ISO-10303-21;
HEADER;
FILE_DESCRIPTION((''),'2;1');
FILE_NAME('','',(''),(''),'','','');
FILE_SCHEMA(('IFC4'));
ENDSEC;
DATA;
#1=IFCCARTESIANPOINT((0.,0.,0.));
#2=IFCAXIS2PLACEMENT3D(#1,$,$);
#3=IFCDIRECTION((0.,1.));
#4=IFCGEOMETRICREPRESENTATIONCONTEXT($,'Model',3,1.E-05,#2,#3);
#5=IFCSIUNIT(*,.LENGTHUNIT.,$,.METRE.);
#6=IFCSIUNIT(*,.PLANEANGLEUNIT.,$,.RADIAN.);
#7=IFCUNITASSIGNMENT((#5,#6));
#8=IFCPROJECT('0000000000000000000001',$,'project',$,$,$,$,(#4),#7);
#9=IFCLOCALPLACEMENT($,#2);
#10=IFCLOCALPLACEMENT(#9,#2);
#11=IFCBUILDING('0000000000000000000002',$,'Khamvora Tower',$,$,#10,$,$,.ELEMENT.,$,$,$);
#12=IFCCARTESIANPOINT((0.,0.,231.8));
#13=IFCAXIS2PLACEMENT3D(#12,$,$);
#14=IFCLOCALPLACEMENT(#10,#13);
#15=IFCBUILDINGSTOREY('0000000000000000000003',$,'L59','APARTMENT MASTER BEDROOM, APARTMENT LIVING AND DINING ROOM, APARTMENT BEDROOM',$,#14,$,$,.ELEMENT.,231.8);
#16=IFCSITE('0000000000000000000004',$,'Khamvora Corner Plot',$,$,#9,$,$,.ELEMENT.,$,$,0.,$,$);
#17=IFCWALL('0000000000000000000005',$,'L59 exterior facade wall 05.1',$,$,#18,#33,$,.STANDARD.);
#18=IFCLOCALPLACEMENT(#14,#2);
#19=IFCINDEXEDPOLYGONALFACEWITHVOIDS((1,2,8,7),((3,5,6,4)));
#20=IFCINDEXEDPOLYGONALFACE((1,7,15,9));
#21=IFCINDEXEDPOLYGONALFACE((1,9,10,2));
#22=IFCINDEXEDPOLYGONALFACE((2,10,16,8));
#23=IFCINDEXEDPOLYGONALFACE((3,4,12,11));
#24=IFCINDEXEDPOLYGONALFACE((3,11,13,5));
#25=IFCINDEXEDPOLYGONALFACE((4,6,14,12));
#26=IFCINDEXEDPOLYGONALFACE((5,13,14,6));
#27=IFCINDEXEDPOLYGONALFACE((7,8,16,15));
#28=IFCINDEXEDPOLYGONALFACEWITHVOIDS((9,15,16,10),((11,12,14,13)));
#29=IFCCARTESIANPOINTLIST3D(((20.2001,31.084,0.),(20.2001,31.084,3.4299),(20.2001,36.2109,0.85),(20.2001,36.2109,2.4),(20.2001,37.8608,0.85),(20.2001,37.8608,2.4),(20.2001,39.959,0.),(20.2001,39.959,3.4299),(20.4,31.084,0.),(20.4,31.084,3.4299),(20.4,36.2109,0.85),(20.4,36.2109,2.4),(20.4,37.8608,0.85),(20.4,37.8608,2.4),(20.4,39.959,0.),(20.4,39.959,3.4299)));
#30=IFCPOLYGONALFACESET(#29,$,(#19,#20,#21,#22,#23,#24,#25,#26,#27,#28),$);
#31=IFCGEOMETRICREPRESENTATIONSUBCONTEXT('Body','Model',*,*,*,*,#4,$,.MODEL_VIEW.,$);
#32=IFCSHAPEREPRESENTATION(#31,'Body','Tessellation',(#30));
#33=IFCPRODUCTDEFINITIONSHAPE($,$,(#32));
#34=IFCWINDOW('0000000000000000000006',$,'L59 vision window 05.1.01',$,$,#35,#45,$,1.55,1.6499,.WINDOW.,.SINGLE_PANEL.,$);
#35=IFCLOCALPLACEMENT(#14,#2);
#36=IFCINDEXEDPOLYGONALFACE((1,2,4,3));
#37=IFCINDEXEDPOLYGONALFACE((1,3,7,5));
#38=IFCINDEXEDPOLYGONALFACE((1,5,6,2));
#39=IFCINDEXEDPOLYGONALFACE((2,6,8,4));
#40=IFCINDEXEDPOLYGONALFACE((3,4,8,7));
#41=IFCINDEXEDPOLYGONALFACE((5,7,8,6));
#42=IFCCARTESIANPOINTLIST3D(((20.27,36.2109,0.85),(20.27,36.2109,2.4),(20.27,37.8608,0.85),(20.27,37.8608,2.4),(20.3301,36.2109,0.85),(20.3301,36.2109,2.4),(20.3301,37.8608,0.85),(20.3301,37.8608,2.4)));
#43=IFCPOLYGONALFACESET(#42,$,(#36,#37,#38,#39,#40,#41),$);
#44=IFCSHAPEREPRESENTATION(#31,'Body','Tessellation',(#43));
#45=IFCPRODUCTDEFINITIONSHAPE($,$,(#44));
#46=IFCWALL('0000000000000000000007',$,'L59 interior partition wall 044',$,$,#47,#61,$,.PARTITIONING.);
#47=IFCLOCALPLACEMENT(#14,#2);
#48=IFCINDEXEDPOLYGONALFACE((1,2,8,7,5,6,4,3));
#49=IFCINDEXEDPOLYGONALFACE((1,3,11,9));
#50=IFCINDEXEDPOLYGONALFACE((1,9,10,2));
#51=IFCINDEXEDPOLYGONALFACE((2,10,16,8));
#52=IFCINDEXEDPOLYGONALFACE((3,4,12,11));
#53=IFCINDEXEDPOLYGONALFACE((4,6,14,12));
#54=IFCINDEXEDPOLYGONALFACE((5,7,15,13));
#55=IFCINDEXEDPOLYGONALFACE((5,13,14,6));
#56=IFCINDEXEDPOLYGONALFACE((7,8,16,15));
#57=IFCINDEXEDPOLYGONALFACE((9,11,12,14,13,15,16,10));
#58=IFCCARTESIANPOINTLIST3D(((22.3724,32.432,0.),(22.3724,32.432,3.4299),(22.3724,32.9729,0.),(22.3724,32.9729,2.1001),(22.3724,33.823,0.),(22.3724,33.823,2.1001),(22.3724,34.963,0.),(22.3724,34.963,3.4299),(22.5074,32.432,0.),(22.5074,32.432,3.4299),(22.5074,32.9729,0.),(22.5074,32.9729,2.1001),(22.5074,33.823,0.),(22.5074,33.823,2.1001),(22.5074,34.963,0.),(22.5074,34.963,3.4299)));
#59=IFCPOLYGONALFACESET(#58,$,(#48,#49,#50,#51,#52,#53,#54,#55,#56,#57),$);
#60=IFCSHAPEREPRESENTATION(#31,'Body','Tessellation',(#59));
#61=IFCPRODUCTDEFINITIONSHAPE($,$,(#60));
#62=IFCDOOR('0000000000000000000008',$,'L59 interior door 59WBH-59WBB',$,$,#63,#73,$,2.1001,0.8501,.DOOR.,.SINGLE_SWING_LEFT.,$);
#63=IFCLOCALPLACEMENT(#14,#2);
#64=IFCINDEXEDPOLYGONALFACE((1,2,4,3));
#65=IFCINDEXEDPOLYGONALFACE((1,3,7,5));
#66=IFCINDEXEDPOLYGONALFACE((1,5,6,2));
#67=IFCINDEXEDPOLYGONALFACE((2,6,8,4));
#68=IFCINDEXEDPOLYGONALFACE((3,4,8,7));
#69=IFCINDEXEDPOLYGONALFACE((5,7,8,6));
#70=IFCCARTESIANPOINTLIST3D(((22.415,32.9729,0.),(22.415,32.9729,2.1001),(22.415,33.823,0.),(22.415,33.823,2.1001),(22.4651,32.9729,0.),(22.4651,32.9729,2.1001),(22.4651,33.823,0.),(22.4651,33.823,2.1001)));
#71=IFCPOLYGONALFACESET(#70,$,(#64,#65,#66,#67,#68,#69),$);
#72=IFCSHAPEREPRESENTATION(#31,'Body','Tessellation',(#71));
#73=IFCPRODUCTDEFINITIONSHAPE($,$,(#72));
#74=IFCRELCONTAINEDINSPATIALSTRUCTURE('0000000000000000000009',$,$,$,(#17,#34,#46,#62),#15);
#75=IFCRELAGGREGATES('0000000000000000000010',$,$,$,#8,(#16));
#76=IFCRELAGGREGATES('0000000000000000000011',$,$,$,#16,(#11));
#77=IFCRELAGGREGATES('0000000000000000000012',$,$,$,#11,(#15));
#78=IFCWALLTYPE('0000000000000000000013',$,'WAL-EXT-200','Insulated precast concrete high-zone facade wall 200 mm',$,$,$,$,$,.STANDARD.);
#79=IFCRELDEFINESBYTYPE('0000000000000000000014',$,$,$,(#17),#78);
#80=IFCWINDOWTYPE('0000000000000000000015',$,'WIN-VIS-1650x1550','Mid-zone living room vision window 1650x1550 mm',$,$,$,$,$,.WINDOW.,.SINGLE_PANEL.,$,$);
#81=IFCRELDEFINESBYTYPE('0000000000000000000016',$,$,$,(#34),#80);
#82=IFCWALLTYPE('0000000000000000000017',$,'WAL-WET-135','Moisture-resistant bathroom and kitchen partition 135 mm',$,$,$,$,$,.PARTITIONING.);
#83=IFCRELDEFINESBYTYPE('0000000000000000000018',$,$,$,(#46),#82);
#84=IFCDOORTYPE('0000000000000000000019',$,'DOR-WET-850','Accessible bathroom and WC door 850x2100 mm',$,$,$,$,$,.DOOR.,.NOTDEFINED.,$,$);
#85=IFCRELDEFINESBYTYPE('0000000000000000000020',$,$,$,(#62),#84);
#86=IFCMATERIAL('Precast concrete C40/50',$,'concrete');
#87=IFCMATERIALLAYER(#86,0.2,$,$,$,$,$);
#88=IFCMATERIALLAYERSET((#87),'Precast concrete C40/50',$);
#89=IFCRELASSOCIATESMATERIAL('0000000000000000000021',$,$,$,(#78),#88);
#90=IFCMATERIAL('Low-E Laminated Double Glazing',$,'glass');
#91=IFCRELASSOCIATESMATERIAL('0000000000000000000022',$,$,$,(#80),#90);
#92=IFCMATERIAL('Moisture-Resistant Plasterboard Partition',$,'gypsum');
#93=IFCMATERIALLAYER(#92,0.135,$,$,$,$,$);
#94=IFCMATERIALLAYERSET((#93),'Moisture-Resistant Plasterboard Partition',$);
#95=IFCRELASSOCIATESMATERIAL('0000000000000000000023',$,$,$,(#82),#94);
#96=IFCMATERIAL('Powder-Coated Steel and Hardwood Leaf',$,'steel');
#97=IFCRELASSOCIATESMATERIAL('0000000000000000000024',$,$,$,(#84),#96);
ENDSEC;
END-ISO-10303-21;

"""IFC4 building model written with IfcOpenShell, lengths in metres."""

from ifc_helpers import new_model, si_unit, direction, frame, frame_2d, origin, place, context, subcontext, project, spatial, rectangle, extrude, material, layer, layer_set, type_object, element, fill, save


model = new_model("IFC4")

# Units and contexts
model_context = context("Model", 3, precision=1e-05, world=origin(), true_north=direction((0.0, 1.0)))
body_context = subcontext(model_context, "Body", "Model", "MODEL_VIEW")
ifc_project = project(units=[si_unit("LENGTHUNIT", "METRE"), si_unit("PLANEANGLEUNIT", "RADIAN")], contexts=[model_context])

# Site, building, storey
site_placement = place(None, origin())
site = spatial("IfcSite", under=ifc_project, at=site_placement, Name="Khamvora Corner Plot", CompositionType="ELEMENT", RefElevation=0.0)
building_placement = place(site_placement, origin())
building = spatial("IfcBuilding", under=site, at=building_placement, Name="Khamvora Tower", CompositionType="ELEMENT")
storey_placement = place(building_placement, frame((0.0, 0.0, 231.8)))
storey = spatial("IfcBuildingStorey", under=building, at=storey_placement, Name="L59", Description="APARTMENT MASTER BEDROOM, APARTMENT LIVING AND DINING ROOM, APARTMENT BEDROOM", CompositionType="ELEMENT", Elevation=231.8)

# Shared definitions
ifc_material_1 = material(Name="Powder-Coated Steel and Hardwood Leaf", Category="steel")

# Shared definitions
ifc_material_2 = material(Name="Precast concrete C40/50", Category="concrete")
ifc_layer_1 = layer(ifc_material_2, 0.2)
ifc_layer_set_1 = layer_set([ifc_layer_1], Name="Precast concrete C40/50")
wall_type_1 = type_object("IfcWallType", Name="WAL-EXT-200", Description="Insulated precast concrete high-zone facade wall 200 mm", PredefinedType="STANDARD", material=ifc_layer_set_1)

# Wall, opening, window
wall_1_placement = place(storey_placement, frame((20.3, 31.084, 0.0), z_axis=(0.0, 0.0, 1.0), x_axis=(0.0, 1.0, 0.0)))
wall_1 = element("IfcWall", 1, at=wall_1_placement, inside=storey, type_object=wall_type_1, Name="L59 exterior facade wall 05.1", PredefinedType="STANDARD", context=body_context, shape_type="SweptSolid", body=[
    extrude(rectangle(XDim=8.875, YDim=0.2, at=frame_2d((4.4375, 0.0))), origin(), (0.0, 0.0, 1.0), 3.4299),
])
opening_1_placement = place(wall_1_placement, frame((5.127, 0.0, 0.8501)))
opening_1 = element("IfcOpeningElement", 2, at=opening_1_placement, cuts=wall_1, PredefinedType="OPENING", context=body_context, shape_type="SweptSolid", body=[
    extrude(rectangle(XDim=1.6499, YDim=1.55, at=frame_2d((0.825, 0.7749))), frame((0.0, 0.1099, 0.0), z_axis=(0.0, -1.0, 0.0), x_axis=(1.0, 0.0, 0.0)), (0.0, 0.0, 1.0), 0.22),
])
ifc_material_3 = material(Name="Low-E Laminated Double Glazing", Category="glass")
window_type = type_object("IfcWindowType", Name="WIN-VIS-1650x1550", Description="Mid-zone living room vision window 1650x1550 mm", PartitioningType="SINGLE_PANEL", PredefinedType="WINDOW", material=ifc_material_3)
window_placement = place(opening_1_placement, origin())
window = element("IfcWindow", 3, at=window_placement, inside=storey, type_object=window_type, Name="L59 vision window 05.1.01", OverallHeight=1.55, OverallWidth=1.6499, PartitioningType="SINGLE_PANEL", PredefinedType="WINDOW", context=body_context, shape_type="SweptSolid", body=[
    extrude(rectangle(XDim=1.6499, YDim=1.55, at=frame_2d((0.825, 0.7749))), frame((0.0, 0.03, 0.0), z_axis=(0.0, -1.0, 0.0), x_axis=(1.0, 0.0, 0.0)), (0.0, 0.0, 1.0), 0.0601),
])
fill(opening_1, window)

# Wall, opening, door
ifc_material_4 = material(Name="Moisture-Resistant Plasterboard Partition", Category="gypsum")
ifc_layer_2 = layer(ifc_material_4, 0.135)
ifc_layer_set_2 = layer_set([ifc_layer_2], Name="Moisture-Resistant Plasterboard Partition")
wall_type_2 = type_object("IfcWallType", Name="WAL-WET-135", Description="Moisture-resistant bathroom and kitchen partition 135 mm", PredefinedType="PARTITIONING", material=ifc_layer_set_2)
wall_2_placement = place(storey_placement, frame((22.4399, 32.4319, 0.0), z_axis=(0.0, 0.0, 1.0), x_axis=(0.0, 1.0, 0.0)))
wall_2 = element("IfcWall", 4, at=wall_2_placement, inside=storey, type_object=wall_type_2, Name="L59 interior partition wall 044", PredefinedType="PARTITIONING", context=body_context, shape_type="SweptSolid", body=[
    extrude(rectangle(XDim=2.531, YDim=0.135, at=frame_2d((1.2656, 0.0))), origin(), (0.0, 0.0, 1.0), 3.4299),
])
opening_2_placement = place(wall_2_placement, frame((0.541, 0.0, 0.0)))
opening_2 = element("IfcOpeningElement", 5, at=opening_2_placement, cuts=wall_2, PredefinedType="OPENING", context=body_context, shape_type="SweptSolid", body=[
    extrude(rectangle(XDim=0.8501, YDim=2.1001, at=frame_2d((0.425, 1.05))), frame((0.0, 0.0774, 0.0), z_axis=(0.0, -1.0, 0.0), x_axis=(1.0, 0.0, 0.0)), (0.0, 0.0, 1.0), 0.155),
])
door_type_1 = type_object("IfcDoorType", Name="DOR-WET-850", Description="Accessible bathroom and WC door 850x2100 mm", OperationType="NOTDEFINED", PredefinedType="DOOR", material=ifc_material_1)
door_1_placement = place(opening_2_placement, origin())
door_1 = element("IfcDoor", 6, at=door_1_placement, inside=storey, type_object=door_type_1, Name="L59 interior door 59WBH-59WBB", OperationType="SINGLE_SWING_LEFT", OverallHeight=2.1001, OverallWidth=0.8501, PredefinedType="DOOR", context=body_context, shape_type="SweptSolid", body=[
    extrude(rectangle(XDim=0.8501, YDim=2.1001, at=frame_2d((0.425, 1.05))), frame((0.0, 0.0249, 0.0), z_axis=(0.0, -1.0, 0.0), x_axis=(1.0, 0.0, 0.0)), (0.0, 0.0, 1.0), 0.05),
])
fill(opening_2, door_1)

save(model, "model.ifc")
